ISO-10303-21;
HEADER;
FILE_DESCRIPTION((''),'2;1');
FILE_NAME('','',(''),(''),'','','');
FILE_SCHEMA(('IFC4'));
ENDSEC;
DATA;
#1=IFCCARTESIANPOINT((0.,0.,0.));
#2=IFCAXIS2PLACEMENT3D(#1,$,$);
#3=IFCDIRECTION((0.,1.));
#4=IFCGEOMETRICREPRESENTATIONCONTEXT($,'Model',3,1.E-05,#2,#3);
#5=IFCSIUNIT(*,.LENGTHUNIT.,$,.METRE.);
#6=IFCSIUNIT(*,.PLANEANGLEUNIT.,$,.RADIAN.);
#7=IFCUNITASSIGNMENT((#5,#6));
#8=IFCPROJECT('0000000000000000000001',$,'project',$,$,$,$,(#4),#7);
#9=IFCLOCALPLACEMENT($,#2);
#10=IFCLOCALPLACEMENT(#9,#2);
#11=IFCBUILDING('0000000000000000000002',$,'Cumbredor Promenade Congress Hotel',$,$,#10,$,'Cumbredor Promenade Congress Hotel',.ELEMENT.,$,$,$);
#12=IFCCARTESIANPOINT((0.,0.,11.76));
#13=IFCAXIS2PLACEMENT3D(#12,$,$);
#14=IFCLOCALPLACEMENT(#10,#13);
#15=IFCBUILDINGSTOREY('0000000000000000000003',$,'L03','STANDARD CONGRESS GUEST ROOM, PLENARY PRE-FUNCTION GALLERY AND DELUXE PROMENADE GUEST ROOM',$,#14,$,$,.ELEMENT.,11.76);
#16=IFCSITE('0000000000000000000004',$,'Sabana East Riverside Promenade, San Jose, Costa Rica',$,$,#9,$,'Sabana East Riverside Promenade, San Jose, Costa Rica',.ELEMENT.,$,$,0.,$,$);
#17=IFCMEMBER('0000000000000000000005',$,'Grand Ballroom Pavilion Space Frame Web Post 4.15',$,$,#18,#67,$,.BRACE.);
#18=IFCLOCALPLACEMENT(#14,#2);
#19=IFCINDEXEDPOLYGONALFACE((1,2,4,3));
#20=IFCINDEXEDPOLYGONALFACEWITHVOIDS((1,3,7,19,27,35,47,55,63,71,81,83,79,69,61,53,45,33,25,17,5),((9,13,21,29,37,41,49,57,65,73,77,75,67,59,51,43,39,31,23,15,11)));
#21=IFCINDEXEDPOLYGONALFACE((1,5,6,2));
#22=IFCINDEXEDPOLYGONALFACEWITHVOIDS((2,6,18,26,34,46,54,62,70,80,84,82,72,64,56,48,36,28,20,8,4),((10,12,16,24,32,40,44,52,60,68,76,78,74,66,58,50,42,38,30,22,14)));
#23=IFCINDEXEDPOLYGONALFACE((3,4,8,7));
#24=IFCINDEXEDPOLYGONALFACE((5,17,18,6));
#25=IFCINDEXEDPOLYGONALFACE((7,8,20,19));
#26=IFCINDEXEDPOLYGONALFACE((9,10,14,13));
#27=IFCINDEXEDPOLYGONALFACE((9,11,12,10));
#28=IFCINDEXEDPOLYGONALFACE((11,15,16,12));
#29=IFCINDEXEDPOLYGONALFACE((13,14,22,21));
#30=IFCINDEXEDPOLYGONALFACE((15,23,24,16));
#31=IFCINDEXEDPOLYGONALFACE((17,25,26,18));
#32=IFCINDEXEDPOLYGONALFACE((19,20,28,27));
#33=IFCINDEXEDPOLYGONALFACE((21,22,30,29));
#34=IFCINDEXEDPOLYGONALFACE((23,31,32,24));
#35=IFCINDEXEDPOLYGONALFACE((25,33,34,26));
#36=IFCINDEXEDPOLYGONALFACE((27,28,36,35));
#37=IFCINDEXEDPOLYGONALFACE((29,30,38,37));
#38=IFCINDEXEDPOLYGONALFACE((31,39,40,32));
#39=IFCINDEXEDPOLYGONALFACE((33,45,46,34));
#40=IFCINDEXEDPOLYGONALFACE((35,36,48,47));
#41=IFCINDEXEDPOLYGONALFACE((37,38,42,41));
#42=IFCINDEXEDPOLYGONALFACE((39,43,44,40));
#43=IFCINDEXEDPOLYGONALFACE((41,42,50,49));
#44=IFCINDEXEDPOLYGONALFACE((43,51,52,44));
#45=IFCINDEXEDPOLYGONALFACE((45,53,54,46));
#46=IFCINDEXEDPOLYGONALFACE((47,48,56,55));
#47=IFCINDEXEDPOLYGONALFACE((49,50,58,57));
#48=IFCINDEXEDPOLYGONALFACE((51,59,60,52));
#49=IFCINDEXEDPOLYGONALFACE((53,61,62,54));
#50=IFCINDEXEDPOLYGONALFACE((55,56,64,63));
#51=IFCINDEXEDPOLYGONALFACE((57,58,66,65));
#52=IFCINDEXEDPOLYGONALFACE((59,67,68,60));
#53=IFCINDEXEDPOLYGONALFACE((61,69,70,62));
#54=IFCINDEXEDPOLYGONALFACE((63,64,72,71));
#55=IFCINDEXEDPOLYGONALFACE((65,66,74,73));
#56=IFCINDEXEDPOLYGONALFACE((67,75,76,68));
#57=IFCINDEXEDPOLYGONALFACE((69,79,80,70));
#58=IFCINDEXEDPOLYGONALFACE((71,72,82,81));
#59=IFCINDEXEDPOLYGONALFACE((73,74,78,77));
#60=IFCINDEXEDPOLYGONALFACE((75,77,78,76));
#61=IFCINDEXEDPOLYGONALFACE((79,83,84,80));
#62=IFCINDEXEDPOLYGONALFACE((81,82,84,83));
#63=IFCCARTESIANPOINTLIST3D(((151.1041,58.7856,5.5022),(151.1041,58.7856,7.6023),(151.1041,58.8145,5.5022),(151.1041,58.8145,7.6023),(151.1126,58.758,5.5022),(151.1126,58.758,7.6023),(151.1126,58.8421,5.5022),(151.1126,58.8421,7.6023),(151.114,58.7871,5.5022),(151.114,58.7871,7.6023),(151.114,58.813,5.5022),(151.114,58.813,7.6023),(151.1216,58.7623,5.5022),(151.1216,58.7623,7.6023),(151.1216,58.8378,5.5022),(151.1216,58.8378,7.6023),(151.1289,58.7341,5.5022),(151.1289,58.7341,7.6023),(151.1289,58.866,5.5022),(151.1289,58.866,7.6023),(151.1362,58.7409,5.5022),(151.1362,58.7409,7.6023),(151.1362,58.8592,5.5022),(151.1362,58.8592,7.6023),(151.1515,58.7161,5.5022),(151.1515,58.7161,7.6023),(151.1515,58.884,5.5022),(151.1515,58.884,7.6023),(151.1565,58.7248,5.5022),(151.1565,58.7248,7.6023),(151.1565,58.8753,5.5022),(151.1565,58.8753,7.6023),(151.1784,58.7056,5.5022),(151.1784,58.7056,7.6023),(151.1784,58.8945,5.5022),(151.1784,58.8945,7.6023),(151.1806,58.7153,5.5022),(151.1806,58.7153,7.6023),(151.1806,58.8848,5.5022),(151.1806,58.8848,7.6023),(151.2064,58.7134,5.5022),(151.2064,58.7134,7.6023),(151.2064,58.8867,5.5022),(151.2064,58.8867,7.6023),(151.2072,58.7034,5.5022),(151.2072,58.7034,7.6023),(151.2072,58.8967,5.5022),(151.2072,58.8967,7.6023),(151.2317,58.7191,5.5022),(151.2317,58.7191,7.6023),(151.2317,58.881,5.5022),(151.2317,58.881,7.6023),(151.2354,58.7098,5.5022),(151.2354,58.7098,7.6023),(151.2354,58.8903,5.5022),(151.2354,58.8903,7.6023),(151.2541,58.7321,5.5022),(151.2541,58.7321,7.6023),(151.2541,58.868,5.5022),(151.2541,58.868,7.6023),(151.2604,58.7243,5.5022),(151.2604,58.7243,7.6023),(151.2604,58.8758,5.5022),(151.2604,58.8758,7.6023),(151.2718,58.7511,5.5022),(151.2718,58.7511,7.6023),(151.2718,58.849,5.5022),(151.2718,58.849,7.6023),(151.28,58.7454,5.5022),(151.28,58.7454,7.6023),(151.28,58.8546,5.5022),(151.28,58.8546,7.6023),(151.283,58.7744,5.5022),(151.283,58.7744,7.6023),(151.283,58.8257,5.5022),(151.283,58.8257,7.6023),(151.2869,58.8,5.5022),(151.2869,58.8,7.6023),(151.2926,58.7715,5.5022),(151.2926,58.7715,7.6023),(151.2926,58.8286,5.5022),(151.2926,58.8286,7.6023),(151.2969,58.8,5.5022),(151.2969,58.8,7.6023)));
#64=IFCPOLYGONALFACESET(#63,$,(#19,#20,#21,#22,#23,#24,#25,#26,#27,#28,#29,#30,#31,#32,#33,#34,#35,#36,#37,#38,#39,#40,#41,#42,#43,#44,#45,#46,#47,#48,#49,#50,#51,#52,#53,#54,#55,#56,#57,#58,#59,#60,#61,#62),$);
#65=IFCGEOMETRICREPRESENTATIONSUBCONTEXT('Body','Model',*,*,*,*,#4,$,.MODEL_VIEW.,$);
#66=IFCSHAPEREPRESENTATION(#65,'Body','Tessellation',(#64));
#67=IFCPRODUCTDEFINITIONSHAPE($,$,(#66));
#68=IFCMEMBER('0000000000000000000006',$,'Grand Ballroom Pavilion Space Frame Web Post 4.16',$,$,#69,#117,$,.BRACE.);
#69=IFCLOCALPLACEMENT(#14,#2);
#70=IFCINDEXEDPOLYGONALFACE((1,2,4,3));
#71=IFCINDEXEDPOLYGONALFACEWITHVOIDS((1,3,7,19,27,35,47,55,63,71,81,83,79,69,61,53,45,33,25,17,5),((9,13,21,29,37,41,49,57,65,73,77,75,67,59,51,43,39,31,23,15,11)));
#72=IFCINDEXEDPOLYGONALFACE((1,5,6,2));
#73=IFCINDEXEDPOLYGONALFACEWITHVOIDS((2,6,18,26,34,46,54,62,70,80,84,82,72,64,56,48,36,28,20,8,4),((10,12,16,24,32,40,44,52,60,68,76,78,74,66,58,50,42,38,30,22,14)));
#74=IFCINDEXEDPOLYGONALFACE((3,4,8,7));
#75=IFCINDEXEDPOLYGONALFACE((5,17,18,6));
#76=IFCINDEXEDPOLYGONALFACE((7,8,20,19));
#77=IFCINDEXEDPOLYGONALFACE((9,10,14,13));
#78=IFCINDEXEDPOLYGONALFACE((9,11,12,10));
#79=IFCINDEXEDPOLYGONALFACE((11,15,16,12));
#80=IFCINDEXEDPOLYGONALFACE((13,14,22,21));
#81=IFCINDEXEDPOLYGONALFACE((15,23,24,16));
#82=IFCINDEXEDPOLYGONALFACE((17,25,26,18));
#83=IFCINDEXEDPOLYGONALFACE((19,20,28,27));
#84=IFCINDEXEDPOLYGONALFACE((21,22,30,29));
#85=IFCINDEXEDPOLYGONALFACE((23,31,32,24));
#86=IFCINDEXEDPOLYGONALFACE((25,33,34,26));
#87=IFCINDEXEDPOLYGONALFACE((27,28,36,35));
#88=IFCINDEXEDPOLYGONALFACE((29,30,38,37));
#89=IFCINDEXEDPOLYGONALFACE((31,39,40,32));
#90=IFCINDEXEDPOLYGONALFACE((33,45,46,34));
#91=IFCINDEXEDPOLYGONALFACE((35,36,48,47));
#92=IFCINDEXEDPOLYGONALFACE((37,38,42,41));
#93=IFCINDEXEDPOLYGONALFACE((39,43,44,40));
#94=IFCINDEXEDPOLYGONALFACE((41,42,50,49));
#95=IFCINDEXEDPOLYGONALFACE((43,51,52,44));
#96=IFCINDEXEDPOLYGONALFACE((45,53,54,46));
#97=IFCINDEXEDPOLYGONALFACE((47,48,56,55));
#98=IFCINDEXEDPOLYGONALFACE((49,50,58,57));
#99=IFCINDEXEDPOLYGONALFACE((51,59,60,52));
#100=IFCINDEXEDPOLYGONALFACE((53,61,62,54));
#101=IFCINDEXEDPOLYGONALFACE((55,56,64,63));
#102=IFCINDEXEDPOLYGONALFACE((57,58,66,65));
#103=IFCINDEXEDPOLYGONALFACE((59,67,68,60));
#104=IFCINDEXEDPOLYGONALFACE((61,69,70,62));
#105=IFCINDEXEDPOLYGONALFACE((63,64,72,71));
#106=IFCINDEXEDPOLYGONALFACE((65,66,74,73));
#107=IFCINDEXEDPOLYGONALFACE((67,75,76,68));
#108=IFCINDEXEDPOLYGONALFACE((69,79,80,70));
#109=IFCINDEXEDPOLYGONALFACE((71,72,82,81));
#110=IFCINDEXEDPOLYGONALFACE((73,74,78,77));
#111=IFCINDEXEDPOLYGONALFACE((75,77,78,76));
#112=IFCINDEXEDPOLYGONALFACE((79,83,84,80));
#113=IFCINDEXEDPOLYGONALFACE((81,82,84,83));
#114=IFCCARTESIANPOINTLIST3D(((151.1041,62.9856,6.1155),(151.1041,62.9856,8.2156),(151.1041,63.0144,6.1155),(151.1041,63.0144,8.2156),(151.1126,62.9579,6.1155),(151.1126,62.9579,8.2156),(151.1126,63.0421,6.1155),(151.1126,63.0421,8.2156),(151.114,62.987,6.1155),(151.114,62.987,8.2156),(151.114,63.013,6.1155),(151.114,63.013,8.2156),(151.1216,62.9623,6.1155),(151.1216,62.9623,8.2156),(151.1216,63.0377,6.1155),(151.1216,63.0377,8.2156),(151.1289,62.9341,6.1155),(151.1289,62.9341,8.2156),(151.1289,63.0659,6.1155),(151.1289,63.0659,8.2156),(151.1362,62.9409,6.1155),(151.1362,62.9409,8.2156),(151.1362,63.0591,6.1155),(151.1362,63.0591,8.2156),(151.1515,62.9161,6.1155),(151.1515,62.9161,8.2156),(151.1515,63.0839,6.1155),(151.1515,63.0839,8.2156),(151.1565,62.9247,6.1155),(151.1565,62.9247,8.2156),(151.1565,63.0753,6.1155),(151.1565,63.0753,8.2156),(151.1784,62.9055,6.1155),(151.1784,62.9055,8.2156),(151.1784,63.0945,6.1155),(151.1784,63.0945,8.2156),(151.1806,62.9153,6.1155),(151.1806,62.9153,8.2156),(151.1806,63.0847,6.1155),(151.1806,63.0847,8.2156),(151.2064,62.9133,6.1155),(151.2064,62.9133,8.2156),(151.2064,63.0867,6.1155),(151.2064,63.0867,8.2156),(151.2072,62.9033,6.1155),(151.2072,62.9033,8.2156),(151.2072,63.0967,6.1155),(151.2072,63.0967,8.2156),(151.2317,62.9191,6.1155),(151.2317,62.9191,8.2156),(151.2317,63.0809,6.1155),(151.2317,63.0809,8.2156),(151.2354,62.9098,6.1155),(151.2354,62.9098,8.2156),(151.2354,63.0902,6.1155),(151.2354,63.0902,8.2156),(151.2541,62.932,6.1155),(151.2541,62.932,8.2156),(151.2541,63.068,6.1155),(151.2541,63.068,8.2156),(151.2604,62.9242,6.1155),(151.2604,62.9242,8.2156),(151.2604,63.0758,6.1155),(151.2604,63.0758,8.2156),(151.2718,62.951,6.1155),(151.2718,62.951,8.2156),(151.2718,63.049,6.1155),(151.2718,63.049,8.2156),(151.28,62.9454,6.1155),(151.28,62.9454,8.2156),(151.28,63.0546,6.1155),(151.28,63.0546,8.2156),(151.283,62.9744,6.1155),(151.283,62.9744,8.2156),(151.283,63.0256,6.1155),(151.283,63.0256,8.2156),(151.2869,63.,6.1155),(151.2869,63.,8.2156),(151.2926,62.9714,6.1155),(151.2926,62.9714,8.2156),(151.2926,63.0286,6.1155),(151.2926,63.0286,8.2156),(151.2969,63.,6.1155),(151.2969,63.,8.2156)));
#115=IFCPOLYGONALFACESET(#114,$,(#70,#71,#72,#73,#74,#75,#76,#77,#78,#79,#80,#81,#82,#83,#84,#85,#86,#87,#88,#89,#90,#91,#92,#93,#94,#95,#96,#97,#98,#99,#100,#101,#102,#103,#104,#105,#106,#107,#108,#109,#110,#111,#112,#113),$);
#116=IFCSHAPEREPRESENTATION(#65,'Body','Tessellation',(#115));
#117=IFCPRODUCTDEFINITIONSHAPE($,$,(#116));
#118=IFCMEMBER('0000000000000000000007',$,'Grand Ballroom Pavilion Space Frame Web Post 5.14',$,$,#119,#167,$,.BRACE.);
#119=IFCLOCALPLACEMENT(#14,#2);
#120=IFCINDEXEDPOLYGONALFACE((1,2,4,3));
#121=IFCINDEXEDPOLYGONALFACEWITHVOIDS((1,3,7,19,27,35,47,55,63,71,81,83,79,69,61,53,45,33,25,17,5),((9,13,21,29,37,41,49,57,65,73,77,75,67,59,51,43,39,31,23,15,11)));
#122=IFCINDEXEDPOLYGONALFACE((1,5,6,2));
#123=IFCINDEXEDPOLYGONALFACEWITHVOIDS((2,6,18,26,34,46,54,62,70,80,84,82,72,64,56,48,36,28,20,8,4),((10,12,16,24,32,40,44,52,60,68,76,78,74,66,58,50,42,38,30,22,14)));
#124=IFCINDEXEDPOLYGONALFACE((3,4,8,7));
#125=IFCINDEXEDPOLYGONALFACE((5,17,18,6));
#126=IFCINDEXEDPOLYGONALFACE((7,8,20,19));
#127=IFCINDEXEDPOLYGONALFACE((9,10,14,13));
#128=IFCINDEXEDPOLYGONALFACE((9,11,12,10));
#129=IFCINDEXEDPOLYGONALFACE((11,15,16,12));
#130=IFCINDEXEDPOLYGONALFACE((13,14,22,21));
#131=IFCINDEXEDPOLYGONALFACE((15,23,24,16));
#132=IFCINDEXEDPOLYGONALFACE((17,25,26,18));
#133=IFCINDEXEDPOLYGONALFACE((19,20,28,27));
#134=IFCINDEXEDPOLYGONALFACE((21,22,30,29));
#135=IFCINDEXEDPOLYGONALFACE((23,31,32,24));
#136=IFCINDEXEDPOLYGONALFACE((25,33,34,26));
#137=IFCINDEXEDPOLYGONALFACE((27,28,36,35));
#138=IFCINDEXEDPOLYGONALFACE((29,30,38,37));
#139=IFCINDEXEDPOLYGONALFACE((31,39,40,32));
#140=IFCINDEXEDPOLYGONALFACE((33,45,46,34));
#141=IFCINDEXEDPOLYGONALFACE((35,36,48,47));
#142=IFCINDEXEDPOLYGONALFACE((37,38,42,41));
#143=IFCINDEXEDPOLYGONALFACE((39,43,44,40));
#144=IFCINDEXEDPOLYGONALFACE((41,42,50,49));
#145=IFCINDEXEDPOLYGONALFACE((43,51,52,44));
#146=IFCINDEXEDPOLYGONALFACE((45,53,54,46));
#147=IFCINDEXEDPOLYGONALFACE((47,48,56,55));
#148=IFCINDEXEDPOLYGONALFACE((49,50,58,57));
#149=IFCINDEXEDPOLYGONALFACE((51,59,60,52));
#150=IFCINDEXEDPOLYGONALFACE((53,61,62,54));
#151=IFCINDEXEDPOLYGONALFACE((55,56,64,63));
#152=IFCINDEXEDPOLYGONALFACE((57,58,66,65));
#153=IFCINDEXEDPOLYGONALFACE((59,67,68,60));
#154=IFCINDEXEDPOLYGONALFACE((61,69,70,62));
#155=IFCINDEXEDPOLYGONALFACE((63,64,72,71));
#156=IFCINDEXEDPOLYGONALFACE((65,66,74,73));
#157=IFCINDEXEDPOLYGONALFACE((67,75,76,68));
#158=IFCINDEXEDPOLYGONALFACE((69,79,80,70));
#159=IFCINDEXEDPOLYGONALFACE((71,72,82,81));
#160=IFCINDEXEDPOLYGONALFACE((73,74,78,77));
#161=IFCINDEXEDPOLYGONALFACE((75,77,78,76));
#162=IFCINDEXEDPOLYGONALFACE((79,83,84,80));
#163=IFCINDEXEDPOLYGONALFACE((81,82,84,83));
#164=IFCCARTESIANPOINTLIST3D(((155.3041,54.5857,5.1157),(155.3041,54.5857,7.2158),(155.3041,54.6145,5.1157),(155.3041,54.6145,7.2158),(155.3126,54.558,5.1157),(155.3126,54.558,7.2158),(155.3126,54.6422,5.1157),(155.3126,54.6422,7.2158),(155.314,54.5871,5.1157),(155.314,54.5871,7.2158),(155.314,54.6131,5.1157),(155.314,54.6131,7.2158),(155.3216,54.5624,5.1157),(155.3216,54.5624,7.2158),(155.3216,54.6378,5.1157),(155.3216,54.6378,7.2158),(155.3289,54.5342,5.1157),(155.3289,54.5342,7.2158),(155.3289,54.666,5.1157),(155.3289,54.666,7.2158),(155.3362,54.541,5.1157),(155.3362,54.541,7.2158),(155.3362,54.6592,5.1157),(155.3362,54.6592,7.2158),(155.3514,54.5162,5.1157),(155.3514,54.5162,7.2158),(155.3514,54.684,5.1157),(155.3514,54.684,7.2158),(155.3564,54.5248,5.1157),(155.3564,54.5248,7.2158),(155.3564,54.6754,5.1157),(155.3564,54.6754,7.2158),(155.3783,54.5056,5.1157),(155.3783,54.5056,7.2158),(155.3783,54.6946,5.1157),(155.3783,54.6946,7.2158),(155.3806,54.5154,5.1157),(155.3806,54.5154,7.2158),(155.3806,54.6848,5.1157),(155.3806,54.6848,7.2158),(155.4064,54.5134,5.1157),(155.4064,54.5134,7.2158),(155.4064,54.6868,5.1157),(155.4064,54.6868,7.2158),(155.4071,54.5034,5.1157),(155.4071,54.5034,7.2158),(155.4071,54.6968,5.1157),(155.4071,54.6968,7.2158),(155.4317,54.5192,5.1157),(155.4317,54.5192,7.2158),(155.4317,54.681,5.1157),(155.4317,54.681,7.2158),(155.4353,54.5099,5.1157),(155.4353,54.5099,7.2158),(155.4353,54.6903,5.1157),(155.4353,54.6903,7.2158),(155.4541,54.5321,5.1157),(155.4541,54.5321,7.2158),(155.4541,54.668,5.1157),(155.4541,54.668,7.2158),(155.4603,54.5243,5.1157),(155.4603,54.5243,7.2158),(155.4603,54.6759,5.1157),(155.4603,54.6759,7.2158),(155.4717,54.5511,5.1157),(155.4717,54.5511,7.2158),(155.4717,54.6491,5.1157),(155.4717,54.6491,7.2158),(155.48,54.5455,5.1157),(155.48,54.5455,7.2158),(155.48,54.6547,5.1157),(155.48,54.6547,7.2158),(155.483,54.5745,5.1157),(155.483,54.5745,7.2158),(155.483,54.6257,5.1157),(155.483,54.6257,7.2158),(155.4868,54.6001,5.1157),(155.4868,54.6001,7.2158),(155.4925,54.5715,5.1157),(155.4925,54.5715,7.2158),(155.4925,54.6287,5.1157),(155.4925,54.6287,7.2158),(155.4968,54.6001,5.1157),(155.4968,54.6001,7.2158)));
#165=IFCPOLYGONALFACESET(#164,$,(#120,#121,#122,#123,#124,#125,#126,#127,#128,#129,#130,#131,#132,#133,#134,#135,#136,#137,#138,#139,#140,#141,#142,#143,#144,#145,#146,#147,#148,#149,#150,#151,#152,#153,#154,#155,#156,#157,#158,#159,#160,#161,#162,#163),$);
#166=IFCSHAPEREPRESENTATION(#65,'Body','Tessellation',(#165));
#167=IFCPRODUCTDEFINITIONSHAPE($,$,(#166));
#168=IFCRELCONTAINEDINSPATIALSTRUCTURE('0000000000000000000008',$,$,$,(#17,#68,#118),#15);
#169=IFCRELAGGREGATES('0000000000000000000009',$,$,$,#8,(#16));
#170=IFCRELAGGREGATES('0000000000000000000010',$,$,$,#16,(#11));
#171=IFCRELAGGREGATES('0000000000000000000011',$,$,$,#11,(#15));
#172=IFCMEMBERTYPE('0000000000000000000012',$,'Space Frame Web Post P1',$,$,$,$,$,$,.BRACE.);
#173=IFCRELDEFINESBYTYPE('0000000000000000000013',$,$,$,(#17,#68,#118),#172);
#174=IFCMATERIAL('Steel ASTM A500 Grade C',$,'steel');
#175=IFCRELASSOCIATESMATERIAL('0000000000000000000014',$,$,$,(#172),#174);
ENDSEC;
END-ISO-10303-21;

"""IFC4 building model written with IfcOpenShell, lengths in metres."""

from ifc_helpers import new_model, si_unit, direction, frame, origin, origin_2d, place, context, subcontext, project, spatial, hollow_circle, extrude, material, material_profile, profile_set, type_object, element, save


model = new_model("IFC4")

# Units and contexts
model_context = context("Model", 3, precision=1e-05, world=origin(), true_north=direction((0.0, 1.0)))
body_context = subcontext(model_context, "Body", "Model", "MODEL_VIEW")
ifc_project = project(units=[si_unit("LENGTHUNIT", "METRE"), si_unit("PLANEANGLEUNIT", "RADIAN")], contexts=[model_context])

# Site, building, storey
site_placement = place(None, origin())
site = spatial("IfcSite", under=ifc_project, at=site_placement, Name="Sabana East Riverside Promenade, San Jose, Costa Rica", LongName="Sabana East Riverside Promenade, San Jose, Costa Rica", CompositionType="ELEMENT", RefElevation=0.0)
building_placement = place(site_placement, origin())
building = spatial("IfcBuilding", under=site, at=building_placement, Name="Cumbredor Promenade Congress Hotel", LongName="Cumbredor Promenade Congress Hotel", CompositionType="ELEMENT")
storey_placement = place(building_placement, frame((0.0, 0.0, 11.76)))
storey = spatial("IfcBuildingStorey", under=building, at=storey_placement, Name="L03", Description="STANDARD CONGRESS GUEST ROOM, PLENARY PRE-FUNCTION GALLERY AND DELUXE PROMENADE GUEST ROOM", CompositionType="ELEMENT", Elevation=11.76)

# Members
ifc_material_1 = material(Name="Steel ASTM A500 Grade C", Category="steel")
ifc_material_profile_1 = material_profile(ifc_material_1, hollow_circle(Radius=0.0969, WallThickness=0.01, at=origin_2d()), Name="CHS 193.7x10")
ifc_profile_set_1 = profile_set([ifc_material_profile_1], Name="Steel ASTM A500 Grade C")
member_type_1 = type_object("IfcMemberType", Name="Space Frame Web Post P1", PredefinedType="BRACE", material=ifc_profile_set_1)
for number, where, z_axis, x_axis, name in (
    (1, (151.2, 58.8, 5.5022), (0.0, 0.0, 1.0), (1.0, 0.0, 0.0), "Grand Ballroom Pavilion Space Frame Web Post 4.15"),
    (2, (151.2, 63.0, 6.1155), (0.0, 0.0, 1.0), (1.0, 0.0, 0.0), "Grand Ballroom Pavilion Space Frame Web Post 4.16"),
    (3, (155.3999, 54.6001, 5.1157), (0.0, 0.0, 1.0), (1.0, 0.0, 0.0), "Grand Ballroom Pavilion Space Frame Web Post 5.14"),
):
    element("IfcMember", number, at=place(storey_placement, frame(where, z_axis=z_axis, x_axis=x_axis)), inside=storey, type_object=member_type_1, Name=name, PredefinedType="BRACE", context=body_context, shape_type="SweptSolid", body=[
        extrude(hollow_circle(Radius=0.0969, WallThickness=0.01, at=origin_2d()), origin(), (0.0, 0.0, 1.0), 2.1001),
    ])

save(model, "model.ifc")
